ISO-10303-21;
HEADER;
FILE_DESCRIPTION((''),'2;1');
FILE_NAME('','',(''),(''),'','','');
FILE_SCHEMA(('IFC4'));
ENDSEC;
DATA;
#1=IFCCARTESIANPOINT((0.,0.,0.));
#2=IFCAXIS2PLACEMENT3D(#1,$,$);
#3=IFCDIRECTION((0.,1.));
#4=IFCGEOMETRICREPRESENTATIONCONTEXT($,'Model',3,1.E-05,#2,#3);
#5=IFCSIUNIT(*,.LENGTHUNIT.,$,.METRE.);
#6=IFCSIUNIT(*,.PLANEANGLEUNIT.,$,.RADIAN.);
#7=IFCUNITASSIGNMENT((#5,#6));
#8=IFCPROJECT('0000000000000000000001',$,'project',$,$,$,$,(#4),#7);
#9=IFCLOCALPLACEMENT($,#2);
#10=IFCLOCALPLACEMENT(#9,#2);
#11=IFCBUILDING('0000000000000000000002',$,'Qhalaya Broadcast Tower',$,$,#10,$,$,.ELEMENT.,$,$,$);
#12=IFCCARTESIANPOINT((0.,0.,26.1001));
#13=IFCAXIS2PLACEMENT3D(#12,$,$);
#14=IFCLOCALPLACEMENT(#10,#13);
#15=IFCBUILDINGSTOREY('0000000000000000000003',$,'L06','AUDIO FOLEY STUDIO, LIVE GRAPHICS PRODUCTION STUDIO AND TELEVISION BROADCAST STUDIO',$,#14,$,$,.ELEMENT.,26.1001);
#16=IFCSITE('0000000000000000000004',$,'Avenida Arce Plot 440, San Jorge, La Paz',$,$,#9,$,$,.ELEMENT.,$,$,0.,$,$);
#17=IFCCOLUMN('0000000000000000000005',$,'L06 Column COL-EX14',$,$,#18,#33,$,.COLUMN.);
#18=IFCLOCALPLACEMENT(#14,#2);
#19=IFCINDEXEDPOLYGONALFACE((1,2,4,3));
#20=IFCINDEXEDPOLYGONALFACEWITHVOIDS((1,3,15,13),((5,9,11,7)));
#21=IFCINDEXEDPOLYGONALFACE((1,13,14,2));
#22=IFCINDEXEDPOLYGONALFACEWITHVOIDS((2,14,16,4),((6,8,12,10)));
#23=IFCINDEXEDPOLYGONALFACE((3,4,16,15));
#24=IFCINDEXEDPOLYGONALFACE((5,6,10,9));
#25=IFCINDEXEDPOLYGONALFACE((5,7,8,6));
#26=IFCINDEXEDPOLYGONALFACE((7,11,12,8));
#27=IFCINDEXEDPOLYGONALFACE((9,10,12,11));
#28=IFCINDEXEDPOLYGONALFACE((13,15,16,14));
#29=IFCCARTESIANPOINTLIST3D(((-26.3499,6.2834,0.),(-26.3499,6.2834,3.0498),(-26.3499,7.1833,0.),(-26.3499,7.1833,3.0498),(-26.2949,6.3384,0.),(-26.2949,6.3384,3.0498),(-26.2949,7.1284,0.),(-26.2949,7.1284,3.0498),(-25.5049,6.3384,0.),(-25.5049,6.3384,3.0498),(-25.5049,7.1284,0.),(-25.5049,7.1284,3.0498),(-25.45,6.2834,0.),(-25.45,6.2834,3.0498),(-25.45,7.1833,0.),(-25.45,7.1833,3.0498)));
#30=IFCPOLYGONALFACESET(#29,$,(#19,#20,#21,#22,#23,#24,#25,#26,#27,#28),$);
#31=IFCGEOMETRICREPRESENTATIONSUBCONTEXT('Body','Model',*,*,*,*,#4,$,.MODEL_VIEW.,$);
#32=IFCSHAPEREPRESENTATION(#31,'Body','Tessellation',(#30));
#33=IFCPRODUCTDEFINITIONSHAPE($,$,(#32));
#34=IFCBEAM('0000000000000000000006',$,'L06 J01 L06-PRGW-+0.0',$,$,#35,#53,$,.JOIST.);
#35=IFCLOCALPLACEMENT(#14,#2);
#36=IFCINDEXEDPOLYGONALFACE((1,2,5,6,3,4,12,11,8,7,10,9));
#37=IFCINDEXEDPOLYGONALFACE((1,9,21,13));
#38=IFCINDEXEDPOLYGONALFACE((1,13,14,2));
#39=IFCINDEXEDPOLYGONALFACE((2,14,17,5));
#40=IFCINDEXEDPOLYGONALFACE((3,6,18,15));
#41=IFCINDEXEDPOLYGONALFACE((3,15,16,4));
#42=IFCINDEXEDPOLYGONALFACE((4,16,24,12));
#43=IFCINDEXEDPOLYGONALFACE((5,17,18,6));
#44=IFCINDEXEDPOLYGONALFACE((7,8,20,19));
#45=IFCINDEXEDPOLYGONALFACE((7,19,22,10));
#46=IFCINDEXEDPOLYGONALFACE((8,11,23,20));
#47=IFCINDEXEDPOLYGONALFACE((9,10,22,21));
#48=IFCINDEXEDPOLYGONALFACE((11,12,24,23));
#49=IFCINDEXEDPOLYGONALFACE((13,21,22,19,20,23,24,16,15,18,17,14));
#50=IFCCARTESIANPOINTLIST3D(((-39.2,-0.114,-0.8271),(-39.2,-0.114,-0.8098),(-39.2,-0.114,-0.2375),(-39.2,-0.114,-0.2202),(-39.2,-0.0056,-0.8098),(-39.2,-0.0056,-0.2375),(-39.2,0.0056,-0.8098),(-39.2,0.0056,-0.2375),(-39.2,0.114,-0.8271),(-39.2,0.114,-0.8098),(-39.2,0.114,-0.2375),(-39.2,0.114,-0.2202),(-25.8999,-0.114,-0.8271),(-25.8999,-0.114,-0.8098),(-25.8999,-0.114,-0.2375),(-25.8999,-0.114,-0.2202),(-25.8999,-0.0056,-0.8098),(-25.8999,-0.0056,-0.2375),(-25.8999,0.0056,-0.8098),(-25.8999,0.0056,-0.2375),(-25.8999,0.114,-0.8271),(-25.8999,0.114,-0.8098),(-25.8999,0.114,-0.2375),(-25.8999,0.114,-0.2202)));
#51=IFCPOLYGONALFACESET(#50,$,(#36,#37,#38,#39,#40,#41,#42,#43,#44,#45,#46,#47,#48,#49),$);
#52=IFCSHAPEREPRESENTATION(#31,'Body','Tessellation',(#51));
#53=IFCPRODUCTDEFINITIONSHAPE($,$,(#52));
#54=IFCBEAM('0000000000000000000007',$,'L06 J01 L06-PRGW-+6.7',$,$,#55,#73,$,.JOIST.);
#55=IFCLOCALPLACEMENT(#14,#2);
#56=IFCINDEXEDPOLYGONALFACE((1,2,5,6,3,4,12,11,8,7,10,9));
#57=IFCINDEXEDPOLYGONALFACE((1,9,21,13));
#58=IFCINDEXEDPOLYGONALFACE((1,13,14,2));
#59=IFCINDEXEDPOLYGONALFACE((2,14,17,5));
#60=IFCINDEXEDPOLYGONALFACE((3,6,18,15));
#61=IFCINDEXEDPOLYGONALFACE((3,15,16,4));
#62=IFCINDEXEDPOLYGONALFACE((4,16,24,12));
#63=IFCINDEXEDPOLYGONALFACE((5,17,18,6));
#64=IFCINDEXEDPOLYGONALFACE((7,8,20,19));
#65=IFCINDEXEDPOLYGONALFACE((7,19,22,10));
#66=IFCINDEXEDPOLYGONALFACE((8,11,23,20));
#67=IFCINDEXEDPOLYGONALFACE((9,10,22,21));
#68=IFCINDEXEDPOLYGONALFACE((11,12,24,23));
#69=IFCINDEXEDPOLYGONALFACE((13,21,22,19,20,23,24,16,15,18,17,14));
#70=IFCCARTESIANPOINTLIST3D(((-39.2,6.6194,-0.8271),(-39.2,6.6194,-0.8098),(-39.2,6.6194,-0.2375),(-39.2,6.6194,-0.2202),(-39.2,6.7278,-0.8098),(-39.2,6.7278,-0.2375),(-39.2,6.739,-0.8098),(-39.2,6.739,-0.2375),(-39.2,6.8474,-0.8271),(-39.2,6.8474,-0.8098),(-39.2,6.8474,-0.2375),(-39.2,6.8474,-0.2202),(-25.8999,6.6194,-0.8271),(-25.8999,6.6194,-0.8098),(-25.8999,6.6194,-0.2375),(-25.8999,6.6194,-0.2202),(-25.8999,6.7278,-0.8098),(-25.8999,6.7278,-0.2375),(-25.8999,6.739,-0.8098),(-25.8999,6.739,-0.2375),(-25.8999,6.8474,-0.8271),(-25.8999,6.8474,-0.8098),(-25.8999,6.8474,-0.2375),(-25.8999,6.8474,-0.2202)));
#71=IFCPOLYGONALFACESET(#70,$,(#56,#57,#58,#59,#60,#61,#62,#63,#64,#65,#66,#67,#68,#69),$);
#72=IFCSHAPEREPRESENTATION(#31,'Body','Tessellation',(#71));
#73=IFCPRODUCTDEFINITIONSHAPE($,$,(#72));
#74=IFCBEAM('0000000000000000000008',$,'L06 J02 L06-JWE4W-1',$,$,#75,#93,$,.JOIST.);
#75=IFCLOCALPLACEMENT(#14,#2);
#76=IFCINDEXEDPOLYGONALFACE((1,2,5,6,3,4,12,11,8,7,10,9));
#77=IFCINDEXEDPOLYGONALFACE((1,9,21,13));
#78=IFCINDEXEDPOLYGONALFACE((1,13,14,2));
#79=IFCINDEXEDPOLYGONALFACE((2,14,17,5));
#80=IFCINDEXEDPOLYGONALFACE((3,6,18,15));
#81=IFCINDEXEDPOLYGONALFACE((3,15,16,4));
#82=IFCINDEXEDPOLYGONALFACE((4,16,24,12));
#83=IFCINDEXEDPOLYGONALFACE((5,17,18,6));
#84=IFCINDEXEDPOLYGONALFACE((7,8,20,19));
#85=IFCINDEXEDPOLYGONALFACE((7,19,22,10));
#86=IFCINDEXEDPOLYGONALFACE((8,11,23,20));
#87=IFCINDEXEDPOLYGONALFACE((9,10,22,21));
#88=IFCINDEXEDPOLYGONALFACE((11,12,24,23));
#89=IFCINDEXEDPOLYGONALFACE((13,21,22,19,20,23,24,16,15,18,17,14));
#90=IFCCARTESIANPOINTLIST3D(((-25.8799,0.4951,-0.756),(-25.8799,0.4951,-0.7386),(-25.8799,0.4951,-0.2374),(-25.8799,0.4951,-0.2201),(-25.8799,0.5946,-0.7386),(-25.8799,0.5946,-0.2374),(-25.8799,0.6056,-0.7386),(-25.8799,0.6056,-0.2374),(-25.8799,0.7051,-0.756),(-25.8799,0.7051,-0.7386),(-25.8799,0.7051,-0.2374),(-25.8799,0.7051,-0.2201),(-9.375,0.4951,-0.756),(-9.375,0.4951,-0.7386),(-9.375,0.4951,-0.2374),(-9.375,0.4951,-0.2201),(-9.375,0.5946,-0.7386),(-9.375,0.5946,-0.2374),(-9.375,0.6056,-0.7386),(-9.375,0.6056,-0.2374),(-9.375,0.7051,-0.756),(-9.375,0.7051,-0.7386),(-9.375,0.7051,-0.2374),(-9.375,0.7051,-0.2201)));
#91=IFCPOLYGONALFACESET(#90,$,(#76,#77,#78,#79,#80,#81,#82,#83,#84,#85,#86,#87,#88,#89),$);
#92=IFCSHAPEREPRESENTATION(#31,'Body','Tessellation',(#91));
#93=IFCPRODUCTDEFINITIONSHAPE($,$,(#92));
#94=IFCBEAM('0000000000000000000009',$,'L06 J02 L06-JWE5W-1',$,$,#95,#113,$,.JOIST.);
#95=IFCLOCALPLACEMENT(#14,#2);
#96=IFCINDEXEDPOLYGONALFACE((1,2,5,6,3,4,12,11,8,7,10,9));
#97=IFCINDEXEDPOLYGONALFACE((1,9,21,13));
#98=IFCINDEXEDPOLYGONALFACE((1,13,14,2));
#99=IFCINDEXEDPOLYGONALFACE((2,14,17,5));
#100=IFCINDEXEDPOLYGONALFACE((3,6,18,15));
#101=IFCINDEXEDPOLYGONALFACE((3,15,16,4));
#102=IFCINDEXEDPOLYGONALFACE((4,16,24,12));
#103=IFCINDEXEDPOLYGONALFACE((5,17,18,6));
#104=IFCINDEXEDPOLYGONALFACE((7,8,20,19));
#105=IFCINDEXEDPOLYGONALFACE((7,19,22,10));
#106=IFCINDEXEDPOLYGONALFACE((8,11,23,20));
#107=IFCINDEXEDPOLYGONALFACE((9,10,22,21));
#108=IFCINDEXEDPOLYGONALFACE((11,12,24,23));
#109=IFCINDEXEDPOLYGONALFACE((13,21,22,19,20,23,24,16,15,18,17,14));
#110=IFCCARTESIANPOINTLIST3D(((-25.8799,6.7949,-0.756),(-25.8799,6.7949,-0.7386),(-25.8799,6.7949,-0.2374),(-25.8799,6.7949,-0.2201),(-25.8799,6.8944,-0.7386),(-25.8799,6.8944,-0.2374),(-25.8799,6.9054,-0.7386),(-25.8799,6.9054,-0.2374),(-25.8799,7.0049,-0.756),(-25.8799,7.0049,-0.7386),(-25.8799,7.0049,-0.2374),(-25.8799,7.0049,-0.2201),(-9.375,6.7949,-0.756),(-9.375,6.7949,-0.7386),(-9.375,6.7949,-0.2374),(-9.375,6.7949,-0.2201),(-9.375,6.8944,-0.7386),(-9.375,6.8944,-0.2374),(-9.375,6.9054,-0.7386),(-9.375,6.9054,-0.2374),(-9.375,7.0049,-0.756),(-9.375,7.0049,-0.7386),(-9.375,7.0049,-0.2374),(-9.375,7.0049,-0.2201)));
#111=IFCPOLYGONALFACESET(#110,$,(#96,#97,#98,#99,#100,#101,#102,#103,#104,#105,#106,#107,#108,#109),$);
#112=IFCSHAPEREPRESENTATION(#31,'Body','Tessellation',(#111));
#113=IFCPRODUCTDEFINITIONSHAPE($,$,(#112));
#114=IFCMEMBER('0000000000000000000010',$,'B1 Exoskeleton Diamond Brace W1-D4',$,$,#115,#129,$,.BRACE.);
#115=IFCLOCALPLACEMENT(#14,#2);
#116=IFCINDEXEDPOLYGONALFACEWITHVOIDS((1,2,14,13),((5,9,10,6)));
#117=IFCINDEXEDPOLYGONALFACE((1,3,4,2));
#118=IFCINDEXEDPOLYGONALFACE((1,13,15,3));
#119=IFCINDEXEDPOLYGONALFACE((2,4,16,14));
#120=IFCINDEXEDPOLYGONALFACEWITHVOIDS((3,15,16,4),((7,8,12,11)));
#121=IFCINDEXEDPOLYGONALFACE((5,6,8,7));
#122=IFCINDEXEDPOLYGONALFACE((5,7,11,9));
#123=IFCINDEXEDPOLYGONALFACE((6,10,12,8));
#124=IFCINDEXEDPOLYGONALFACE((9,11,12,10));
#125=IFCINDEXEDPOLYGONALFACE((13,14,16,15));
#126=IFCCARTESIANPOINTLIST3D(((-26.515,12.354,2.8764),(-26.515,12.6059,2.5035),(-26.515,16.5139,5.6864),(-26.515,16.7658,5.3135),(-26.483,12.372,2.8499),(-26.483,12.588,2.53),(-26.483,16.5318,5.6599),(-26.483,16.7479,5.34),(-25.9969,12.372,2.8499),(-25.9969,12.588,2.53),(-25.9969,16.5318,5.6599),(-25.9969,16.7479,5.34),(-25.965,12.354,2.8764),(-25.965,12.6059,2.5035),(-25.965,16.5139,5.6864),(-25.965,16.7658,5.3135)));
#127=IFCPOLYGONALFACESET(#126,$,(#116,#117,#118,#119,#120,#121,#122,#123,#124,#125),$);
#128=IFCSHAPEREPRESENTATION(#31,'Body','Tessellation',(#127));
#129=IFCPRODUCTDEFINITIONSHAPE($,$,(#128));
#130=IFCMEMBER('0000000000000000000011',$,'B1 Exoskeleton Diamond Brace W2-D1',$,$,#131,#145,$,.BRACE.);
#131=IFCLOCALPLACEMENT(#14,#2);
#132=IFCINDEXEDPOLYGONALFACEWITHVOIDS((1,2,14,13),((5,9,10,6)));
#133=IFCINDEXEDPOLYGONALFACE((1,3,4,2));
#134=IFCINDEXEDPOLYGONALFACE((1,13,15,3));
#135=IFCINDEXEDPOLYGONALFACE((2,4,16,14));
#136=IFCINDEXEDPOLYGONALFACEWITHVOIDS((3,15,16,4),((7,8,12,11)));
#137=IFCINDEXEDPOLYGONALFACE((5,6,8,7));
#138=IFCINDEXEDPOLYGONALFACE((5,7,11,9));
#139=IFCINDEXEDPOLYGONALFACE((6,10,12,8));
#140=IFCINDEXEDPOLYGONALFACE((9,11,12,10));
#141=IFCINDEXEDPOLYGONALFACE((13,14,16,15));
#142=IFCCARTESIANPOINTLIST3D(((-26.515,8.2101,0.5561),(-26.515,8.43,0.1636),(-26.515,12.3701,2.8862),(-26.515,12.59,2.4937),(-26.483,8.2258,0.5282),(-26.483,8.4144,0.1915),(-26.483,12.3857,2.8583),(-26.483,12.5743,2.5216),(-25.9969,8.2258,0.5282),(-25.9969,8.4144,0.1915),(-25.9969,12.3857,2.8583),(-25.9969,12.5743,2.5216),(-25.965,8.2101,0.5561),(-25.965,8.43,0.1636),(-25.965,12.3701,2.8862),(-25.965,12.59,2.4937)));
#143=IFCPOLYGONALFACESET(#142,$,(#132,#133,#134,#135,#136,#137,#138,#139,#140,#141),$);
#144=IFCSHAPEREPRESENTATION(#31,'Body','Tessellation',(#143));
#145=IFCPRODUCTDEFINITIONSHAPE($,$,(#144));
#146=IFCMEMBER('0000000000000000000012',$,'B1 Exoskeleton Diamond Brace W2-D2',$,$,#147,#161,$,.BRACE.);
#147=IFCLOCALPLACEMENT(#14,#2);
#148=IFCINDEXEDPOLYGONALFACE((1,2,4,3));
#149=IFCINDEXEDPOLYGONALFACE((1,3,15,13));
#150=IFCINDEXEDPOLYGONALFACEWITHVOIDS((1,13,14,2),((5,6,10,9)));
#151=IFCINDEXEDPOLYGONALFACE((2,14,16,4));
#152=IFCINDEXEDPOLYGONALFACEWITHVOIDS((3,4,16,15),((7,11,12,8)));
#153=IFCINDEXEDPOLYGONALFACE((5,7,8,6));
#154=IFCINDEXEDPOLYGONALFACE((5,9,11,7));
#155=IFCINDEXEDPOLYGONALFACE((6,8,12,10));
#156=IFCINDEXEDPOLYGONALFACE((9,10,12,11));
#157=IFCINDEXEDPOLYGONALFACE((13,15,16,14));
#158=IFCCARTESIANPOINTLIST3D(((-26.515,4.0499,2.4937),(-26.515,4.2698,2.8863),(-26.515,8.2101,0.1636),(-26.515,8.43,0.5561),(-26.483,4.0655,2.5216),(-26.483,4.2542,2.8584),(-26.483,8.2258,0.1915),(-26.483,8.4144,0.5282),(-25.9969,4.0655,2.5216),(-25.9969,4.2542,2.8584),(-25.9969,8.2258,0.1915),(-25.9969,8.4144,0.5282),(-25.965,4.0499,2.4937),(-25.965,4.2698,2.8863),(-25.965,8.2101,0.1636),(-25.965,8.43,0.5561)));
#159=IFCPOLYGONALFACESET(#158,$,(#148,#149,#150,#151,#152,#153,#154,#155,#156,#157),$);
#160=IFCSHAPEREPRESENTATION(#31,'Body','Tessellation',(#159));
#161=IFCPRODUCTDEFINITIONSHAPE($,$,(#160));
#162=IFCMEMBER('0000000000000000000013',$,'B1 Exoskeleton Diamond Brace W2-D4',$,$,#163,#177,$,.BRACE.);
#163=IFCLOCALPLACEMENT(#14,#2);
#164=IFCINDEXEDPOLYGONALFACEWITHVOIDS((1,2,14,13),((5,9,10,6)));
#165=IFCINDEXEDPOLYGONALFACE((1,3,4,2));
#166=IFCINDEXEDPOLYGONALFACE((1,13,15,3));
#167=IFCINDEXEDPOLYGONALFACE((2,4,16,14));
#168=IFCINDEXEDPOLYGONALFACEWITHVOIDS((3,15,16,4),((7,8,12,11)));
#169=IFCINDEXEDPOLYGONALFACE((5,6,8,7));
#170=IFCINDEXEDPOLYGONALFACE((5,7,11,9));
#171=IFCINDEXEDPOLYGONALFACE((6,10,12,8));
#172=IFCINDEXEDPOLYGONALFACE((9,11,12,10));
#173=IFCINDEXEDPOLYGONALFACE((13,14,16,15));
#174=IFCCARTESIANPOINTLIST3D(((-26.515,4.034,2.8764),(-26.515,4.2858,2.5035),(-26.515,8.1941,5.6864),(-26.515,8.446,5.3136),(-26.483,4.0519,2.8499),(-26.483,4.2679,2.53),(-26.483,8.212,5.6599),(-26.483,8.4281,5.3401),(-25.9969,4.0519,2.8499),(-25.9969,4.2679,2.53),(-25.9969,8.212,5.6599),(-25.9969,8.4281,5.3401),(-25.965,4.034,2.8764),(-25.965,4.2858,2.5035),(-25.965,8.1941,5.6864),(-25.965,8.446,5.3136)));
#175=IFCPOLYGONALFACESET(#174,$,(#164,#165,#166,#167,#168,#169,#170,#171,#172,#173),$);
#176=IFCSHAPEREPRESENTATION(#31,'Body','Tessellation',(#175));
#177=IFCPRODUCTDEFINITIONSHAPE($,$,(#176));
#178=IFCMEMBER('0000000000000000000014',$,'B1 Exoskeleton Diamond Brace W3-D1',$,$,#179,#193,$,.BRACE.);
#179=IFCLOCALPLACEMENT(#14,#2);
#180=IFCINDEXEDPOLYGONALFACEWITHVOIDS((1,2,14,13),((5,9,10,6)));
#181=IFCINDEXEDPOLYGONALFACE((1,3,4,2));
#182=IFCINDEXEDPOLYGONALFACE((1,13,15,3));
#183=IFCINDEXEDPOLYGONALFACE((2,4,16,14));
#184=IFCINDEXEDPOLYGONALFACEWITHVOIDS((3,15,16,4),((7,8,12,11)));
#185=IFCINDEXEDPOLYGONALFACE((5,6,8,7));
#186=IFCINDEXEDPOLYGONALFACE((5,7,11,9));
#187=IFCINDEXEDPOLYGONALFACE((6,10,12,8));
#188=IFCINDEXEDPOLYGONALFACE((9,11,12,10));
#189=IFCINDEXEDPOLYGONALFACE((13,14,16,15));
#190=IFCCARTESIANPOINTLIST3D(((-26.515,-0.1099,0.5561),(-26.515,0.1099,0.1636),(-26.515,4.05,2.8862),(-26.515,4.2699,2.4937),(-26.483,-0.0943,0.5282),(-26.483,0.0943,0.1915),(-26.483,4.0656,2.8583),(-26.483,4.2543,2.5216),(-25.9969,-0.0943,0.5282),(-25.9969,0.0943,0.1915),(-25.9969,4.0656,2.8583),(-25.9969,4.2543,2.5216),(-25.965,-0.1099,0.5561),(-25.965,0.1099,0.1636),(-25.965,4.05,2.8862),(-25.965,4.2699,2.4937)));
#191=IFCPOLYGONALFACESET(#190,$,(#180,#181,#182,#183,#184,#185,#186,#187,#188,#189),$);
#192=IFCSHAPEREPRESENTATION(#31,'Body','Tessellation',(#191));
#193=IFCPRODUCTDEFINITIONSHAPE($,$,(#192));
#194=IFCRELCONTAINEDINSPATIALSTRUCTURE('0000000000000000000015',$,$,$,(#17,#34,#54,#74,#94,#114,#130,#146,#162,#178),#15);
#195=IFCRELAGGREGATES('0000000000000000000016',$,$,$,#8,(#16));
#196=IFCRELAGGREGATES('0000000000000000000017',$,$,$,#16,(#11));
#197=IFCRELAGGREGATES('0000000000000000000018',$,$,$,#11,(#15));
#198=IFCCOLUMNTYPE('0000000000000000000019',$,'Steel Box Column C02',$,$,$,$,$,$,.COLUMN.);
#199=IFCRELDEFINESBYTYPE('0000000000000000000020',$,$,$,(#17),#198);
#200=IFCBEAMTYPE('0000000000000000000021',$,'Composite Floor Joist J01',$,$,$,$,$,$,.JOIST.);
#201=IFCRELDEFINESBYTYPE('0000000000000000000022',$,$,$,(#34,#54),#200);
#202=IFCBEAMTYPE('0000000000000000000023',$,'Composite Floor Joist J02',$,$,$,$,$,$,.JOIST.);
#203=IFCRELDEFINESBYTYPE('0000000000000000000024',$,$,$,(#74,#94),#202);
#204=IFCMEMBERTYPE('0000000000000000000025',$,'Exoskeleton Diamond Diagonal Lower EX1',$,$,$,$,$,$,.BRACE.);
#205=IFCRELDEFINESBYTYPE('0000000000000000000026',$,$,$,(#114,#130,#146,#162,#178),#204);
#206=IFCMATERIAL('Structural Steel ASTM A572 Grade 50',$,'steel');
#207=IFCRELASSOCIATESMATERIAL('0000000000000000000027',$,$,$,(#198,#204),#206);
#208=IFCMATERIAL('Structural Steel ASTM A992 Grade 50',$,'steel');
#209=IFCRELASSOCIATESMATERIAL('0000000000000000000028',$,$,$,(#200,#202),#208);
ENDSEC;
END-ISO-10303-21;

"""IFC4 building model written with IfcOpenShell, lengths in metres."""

from ifc_helpers import new_model, si_unit, direction, frame, origin, origin_2d, place, context, subcontext, project, spatial, hollow_rectangle, i_section, extrude, material, material_profile, profile_set, type_object, element, save


model = new_model("IFC4")

# Units and contexts
model_context = context("Model", 3, precision=1e-05, world=origin(), true_north=direction((0.0, 1.0)))
body_context = subcontext(model_context, "Body", "Model", "MODEL_VIEW")
ifc_project = project(units=[si_unit("LENGTHUNIT", "METRE"), si_unit("PLANEANGLEUNIT", "RADIAN")], contexts=[model_context])

# Site, building, storey
site_placement = place(None, origin())
site = spatial("IfcSite", under=ifc_project, at=site_placement, Name="Avenida Arce Plot 440, San Jorge, La Paz", CompositionType="ELEMENT", RefElevation=0.0)
building_placement = place(site_placement, origin())
building = spatial("IfcBuilding", under=site, at=building_placement, Name="Qhalaya Broadcast Tower", CompositionType="ELEMENT")
storey_placement = place(building_placement, frame((0.0, 0.0, 26.1001)))
storey = spatial("IfcBuildingStorey", under=building, at=storey_placement, Name="L06", Description="AUDIO FOLEY STUDIO, LIVE GRAPHICS PRODUCTION STUDIO AND TELEVISION BROADCAST STUDIO", CompositionType="ELEMENT", Elevation=26.1001)

# Column
ifc_material_1 = material(Name="Structural Steel ASTM A572 Grade 50", Category="steel")
ifc_material_profile_1 = material_profile(ifc_material_1, hollow_rectangle(XDim=0.8999, YDim=0.8999, WallThickness=0.0549, at=origin_2d()), Name="BOX 900x900x55")
ifc_profile_set_1 = profile_set([ifc_material_profile_1], Name="Structural Steel ASTM A572 Grade 50")
column_type = type_object("IfcColumnType", Name="Steel Box Column C02", PredefinedType="COLUMN", material=ifc_profile_set_1)
column_placement = place(storey_placement, frame((-25.8999, 6.7334, 0.0), z_axis=(0.0, 0.0, 1.0), x_axis=(0.0, 1.0, 0.0)))
element("IfcColumn", 1, at=column_placement, inside=storey, type_object=column_type, Name="L06 Column COL-EX14", PredefinedType="COLUMN", context=body_context, shape_type="SweptSolid", body=[
    extrude(hollow_rectangle(XDim=0.8999, YDim=0.8999, WallThickness=0.0549, at=origin_2d()), origin(), (0.0, 0.0, 1.0), 3.0498),
])

# Beams
ifc_material_2 = material(Name="Structural Steel ASTM A992 Grade 50", Category="steel")
ifc_material_profile_2 = material_profile(ifc_material_2, i_section(OverallWidth=0.228, OverallDepth=0.6069, WebThickness=0.0112, FlangeThickness=0.0173, at=origin_2d()), Name="W24X76")
ifc_profile_set_2 = profile_set([ifc_material_profile_2], Name="Structural Steel ASTM A992 Grade 50")
beam_type_1 = type_object("IfcBeamType", Name="Composite Floor Joist J01", PredefinedType="JOIST", material=ifc_profile_set_2)
for number, where, z_axis, x_axis, name in (
    (2, (-39.2, 0.0, -0.5237), (1.0, 0.0, 0.0), (0.0, 1.0, 0.0), "L06 J01 L06-PRGW-+0.0"),
    (3, (-39.2, 6.7334, -0.5237), (1.0, 0.0, 0.0), (0.0, 1.0, 0.0), "L06 J01 L06-PRGW-+6.7"),
):
    element("IfcBeam", number, at=place(storey_placement, frame(where, z_axis=z_axis, x_axis=x_axis)), inside=storey, type_object=beam_type_1, Name=name, PredefinedType="JOIST", context=body_context, shape_type="SweptSolid", body=[
        extrude(i_section(OverallWidth=0.228, OverallDepth=0.6069, WebThickness=0.0112, FlangeThickness=0.0173, at=origin_2d()), origin(), (0.0, 0.0, 1.0), 13.3),
    ])
ifc_material_profile_3 = material_profile(ifc_material_2, i_section(OverallWidth=0.21, OverallDepth=0.5359, WebThickness=0.011, FlangeThickness=0.0173, at=origin_2d()), Name="W21X68")
ifc_profile_set_3 = profile_set([ifc_material_profile_3], Name="Structural Steel ASTM A992 Grade 50")
beam_type_2 = type_object("IfcBeamType", Name="Composite Floor Joist J02", PredefinedType="JOIST", material=ifc_profile_set_3)
for number, where, z_axis, x_axis, name in (
    (4, (-25.8799, 0.6001, -0.488), (1.0, 0.0, 0.0), (0.0, 1.0, 0.0), "L06 J02 L06-JWE4W-1"),
    (5, (-25.8799, 6.8999, -0.488), (1.0, 0.0, 0.0), (0.0, 1.0, 0.0), "L06 J02 L06-JWE5W-1"),
):
    element("IfcBeam", number, at=place(storey_placement, frame(where, z_axis=z_axis, x_axis=x_axis)), inside=storey, type_object=beam_type_2, Name=name, PredefinedType="JOIST", context=body_context, shape_type="SweptSolid", body=[
        extrude(i_section(OverallWidth=0.21, OverallDepth=0.5359, WebThickness=0.011, FlangeThickness=0.0173, at=origin_2d()), origin(), (0.0, 0.0, 1.0), 16.5049),
    ])

# Members
ifc_material_profile_4 = material_profile(ifc_material_1, hollow_rectangle(XDim=0.45, YDim=0.55, WallThickness=0.032, at=origin_2d()), Name="BOX 450x550x32")
ifc_profile_set_4 = profile_set([ifc_material_profile_4], Name="Structural Steel ASTM A572 Grade 50")
member_type = type_object("IfcMemberType", Name="Exoskeleton Diamond Diagonal Lower EX1", PredefinedType="BRACE", material=ifc_profile_set_4)
member_1_placement = place(storey_placement, frame((-26.24, 12.48, 2.6899), z_axis=(0.0, 0.828653, 0.559763), x_axis=(0.0, -0.559763, 0.828653)))
element("IfcMember", 6, at=member_1_placement, inside=storey, type_object=member_type, Name="B1 Exoskeleton Diamond Brace W1-D4", PredefinedType="BRACE", context=body_context, shape_type="SweptSolid", body=[
    extrude(hollow_rectangle(XDim=0.45, YDim=0.55, WallThickness=0.032, at=origin_2d()), origin(), (0.0, 0.0, 1.0), 5.02),
])
member_2_placement = place(storey_placement, frame((-26.24, 8.3201, 0.3599), z_axis=(0.0, 0.872459, 0.488688), x_axis=(0.0, -0.488688, 0.872459)))
element("IfcMember", 7, at=member_2_placement, inside=storey, type_object=member_type, Name="B1 Exoskeleton Diamond Brace W2-D1", PredefinedType="BRACE", context=body_context, shape_type="SweptSolid", body=[
    extrude(hollow_rectangle(XDim=0.45, YDim=0.55, WallThickness=0.032, at=origin_2d()), origin(), (0.0, 0.0, 1.0), 4.7681),
])
member_3_placement = place(storey_placement, frame((-26.24, 8.3201, 0.3599), z_axis=(0.0, -0.872471, 0.488666), x_axis=(0.0, 0.488666, 0.872471)))
element("IfcMember", 8, at=member_3_placement, inside=storey, type_object=member_type, Name="B1 Exoskeleton Diamond Brace W2-D2", PredefinedType="BRACE", context=body_context, shape_type="SweptSolid", body=[
    extrude(hollow_rectangle(XDim=0.45, YDim=0.55, WallThickness=0.032, at=origin_2d()), origin(), (0.0, 0.0, 1.0), 4.7683),
])
member_4_placement = place(storey_placement, frame((-26.24, 4.1599, 2.6899), z_axis=(0.0, 0.828668, 0.55974), x_axis=(0.0, -0.55974, 0.828668)))
element("IfcMember", 9, at=member_4_placement, inside=storey, type_object=member_type, Name="B1 Exoskeleton Diamond Brace W2-D4", PredefinedType="BRACE", context=body_context, shape_type="SweptSolid", body=[
    extrude(hollow_rectangle(XDim=0.45, YDim=0.55, WallThickness=0.032, at=origin_2d()), origin(), (0.0, 0.0, 1.0), 5.0203),
])
for number, where, z_axis, x_axis, name in (
    (10, (-26.24, 0.0, 0.3599), (0.0, 0.872459, 0.488688), (0.0, -0.488688, 0.872459), "B1 Exoskeleton Diamond Brace W3-D1"),
):
    element("IfcMember", number, at=place(storey_placement, frame(where, z_axis=z_axis, x_axis=x_axis)), inside=storey, type_object=member_type, Name=name, PredefinedType="BRACE", context=body_context, shape_type="SweptSolid", body=[
        extrude(hollow_rectangle(XDim=0.45, YDim=0.55, WallThickness=0.032, at=origin_2d()), origin(), (0.0, 0.0, 1.0), 4.7681),
    ])

save(model, "model.ifc")
